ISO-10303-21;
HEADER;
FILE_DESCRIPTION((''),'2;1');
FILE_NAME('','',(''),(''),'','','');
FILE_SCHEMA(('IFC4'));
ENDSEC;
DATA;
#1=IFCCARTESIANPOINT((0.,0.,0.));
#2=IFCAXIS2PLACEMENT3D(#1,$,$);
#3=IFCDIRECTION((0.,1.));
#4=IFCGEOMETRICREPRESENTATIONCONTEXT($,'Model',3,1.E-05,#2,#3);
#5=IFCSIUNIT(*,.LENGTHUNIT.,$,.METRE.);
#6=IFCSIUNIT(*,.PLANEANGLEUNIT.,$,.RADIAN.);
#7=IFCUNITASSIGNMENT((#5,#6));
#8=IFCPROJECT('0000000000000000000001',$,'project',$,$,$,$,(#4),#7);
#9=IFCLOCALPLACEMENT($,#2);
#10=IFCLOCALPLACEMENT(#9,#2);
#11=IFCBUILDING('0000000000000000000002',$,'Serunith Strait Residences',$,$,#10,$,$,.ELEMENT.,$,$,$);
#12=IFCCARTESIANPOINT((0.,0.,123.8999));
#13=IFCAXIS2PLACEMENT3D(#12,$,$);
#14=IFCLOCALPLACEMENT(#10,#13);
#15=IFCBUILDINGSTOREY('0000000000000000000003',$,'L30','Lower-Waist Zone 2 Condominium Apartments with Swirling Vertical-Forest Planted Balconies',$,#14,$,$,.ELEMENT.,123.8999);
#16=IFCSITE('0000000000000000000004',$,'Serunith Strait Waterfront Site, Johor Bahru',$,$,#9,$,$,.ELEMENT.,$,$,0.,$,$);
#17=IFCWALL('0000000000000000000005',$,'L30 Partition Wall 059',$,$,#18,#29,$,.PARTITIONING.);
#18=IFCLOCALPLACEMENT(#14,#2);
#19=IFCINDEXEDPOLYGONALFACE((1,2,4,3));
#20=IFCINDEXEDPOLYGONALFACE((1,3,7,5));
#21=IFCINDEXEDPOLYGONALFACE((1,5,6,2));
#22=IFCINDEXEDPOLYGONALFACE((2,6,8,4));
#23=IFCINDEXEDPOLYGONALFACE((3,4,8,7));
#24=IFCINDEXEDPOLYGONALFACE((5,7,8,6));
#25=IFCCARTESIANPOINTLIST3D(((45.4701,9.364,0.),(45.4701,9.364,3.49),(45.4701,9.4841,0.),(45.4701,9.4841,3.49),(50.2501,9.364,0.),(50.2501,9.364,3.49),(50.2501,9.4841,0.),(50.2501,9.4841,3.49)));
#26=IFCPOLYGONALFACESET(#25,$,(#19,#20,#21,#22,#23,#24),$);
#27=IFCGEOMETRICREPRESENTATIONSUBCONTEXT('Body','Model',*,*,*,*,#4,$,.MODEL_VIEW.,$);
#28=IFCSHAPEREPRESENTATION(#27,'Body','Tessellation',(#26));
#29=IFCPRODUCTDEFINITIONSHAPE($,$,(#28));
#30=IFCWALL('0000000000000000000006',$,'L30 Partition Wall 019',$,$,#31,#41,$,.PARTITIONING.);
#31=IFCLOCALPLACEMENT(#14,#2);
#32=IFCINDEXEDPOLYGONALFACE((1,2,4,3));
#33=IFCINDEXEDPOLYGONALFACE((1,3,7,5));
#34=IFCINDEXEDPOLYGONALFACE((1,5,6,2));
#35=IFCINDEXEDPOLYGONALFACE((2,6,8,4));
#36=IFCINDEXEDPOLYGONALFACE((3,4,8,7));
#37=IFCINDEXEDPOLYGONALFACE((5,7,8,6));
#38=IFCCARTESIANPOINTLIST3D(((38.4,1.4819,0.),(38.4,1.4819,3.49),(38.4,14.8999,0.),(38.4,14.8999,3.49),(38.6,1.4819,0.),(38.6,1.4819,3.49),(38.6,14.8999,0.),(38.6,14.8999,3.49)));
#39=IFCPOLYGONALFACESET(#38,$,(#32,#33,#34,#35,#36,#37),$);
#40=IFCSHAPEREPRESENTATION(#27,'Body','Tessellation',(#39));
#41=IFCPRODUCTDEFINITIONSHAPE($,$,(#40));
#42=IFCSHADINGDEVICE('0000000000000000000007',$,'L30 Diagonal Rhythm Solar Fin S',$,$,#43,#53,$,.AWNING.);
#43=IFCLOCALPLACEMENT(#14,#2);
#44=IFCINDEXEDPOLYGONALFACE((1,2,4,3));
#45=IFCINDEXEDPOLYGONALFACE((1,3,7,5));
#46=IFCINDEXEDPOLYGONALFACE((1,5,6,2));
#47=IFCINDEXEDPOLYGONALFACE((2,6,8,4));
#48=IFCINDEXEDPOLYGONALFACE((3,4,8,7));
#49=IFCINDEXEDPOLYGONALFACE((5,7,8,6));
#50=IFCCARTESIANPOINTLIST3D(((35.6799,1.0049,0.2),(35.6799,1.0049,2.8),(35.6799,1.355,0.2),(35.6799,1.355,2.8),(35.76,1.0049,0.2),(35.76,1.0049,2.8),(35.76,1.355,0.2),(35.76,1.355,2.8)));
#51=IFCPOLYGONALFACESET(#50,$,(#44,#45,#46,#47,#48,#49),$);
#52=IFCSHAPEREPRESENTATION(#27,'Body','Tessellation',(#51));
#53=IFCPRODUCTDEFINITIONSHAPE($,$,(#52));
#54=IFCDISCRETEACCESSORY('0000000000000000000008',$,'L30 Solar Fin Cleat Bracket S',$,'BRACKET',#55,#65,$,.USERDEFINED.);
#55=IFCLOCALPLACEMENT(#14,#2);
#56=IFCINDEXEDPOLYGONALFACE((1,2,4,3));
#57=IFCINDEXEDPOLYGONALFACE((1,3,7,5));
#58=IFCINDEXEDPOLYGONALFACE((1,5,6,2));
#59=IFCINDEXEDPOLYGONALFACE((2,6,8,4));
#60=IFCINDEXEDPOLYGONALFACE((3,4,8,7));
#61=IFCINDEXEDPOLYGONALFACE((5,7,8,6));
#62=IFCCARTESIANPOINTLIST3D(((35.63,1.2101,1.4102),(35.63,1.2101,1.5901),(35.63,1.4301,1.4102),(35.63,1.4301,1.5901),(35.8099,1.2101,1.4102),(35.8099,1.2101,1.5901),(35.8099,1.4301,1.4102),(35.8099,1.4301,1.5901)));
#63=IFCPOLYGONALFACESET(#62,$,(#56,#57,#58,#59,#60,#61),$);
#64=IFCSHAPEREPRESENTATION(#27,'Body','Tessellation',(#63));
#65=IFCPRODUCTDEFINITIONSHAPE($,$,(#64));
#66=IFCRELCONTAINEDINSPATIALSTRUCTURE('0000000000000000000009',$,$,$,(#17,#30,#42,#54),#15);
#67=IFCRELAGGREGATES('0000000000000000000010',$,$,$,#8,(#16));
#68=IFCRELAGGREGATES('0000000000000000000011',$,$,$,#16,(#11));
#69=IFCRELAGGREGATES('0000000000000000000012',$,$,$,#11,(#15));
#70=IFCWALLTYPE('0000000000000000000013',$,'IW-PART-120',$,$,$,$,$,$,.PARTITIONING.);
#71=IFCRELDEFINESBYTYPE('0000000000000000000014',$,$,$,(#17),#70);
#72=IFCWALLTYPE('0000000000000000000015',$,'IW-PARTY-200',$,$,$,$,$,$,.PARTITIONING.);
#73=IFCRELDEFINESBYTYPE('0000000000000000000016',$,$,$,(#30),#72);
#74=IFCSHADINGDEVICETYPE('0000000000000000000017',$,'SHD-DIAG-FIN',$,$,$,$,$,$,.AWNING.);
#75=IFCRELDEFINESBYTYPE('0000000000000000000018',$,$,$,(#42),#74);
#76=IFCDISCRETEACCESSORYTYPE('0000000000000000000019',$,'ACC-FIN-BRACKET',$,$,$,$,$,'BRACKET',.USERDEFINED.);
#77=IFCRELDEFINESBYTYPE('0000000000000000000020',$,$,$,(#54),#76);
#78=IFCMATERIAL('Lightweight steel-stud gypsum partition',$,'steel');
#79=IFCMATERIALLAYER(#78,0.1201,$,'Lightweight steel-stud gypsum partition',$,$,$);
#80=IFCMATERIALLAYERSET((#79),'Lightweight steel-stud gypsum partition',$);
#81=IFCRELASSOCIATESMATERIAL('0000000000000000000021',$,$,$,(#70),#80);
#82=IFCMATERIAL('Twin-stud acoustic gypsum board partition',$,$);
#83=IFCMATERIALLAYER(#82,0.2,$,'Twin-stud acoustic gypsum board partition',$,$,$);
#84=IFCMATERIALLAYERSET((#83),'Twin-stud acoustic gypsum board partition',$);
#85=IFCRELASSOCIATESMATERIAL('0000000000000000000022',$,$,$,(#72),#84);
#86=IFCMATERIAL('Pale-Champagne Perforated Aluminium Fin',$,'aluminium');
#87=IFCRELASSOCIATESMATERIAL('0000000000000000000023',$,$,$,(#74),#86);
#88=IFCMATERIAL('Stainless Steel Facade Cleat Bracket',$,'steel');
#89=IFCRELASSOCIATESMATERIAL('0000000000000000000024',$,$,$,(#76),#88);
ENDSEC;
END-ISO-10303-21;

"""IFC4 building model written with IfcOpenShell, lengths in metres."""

from ifc_helpers import new_model, si_unit, direction, frame, frame_2d, origin, origin_2d, place, context, subcontext, project, spatial, rectangle, extrude, source, transform, mapped, material, layer, layer_set, type_object, element, save


model = new_model("IFC4")

# Units and contexts
model_context = context("Model", 3, precision=1e-05, world=origin(), true_north=direction((0.0, 1.0)))
body_context = subcontext(model_context, "Body", "Model", "MODEL_VIEW")
ifc_project = project(units=[si_unit("LENGTHUNIT", "METRE"), si_unit("PLANEANGLEUNIT", "RADIAN")], contexts=[model_context])

# Site, building, storey
site_placement = place(None, origin())
site = spatial("IfcSite", under=ifc_project, at=site_placement, Name="Serunith Strait Waterfront Site, Johor Bahru", CompositionType="ELEMENT", RefElevation=0.0)
building_placement = place(site_placement, origin())
building = spatial("IfcBuilding", under=site, at=building_placement, Name="Serunith Strait Residences", CompositionType="ELEMENT")
storey_placement = place(building_placement, frame((0.0, 0.0, 123.8999)))
storey = spatial("IfcBuildingStorey", under=building, at=storey_placement, Name="L30", Description="Lower-Waist Zone 2 Condominium Apartments with Swirling Vertical-Forest Planted Balconies", CompositionType="ELEMENT", Elevation=123.8999)

# Shared definitions
ifc_material_1 = material(Name="Lightweight steel-stud gypsum partition", Category="steel")
ifc_layer_1 = layer(ifc_material_1, 0.1201, Name="Lightweight steel-stud gypsum partition")
ifc_layer_set_1 = layer_set([ifc_layer_1], Name="Lightweight steel-stud gypsum partition")
wall_type_1 = type_object("IfcWallType", Name="IW-PART-120", PredefinedType="PARTITIONING", material=ifc_layer_set_1)

# Walls
wall_1_placement = place(storey_placement, frame((45.47, 9.4241, 0.0), z_axis=(0.0, 0.0, 1.0), x_axis=(1.0, 0.0, 0.0)))
element("IfcWall", 1, at=wall_1_placement, inside=storey, type_object=wall_type_1, Name="L30 Partition Wall 059", PredefinedType="PARTITIONING", context=body_context, shape_type="SweptSolid", body=[
    extrude(rectangle(XDim=4.78, YDim=0.1201, at=frame_2d((2.3901, 0.0))), origin(), (0.0, 0.0, 1.0), 3.49),
])
ifc_material_2 = material(Name="Twin-stud acoustic gypsum board partition")
ifc_layer_2 = layer(ifc_material_2, 0.2, Name="Twin-stud acoustic gypsum board partition")
ifc_layer_set_2 = layer_set([ifc_layer_2], Name="Twin-stud acoustic gypsum board partition")
wall_type_2 = type_object("IfcWallType", Name="IW-PARTY-200", PredefinedType="PARTITIONING", material=ifc_layer_set_2)
wall_2_placement = place(storey_placement, frame((38.5, 1.4819, 0.0), z_axis=(0.0, 0.0, 1.0), x_axis=(0.0, 1.0, 0.0)))
element("IfcWall", 2, at=wall_2_placement, inside=storey, type_object=wall_type_2, Name="L30 Partition Wall 019", PredefinedType="PARTITIONING", context=body_context, shape_type="SweptSolid", body=[
    extrude(rectangle(XDim=13.418, YDim=0.2, at=frame_2d((6.709, 0.0))), origin(), (0.0, 0.0, 1.0), 3.49),
])

# Shading device
ifc_material_3 = material(Name="Pale-Champagne Perforated Aluminium Fin", Category="aluminium")
shading_device_type = type_object("IfcShadingDeviceType", Name="SHD-DIAG-FIN", PredefinedType="AWNING", material=ifc_material_3)
shared_shape_1 = source(origin(), body_context, "Body", "SweptSolid", [
    extrude(rectangle(XDim=0.0801, YDim=0.3501, at=origin_2d()), origin(), (0.0, 0.0, 1.0), 2.6001),
])
shading_device_placement = place(storey_placement, frame((35.72, 1.1799, 0.2), z_axis=(0.0, 0.0, 1.0), x_axis=(1.0, 0.0, 0.0)))
element("IfcShadingDevice", 3, at=shading_device_placement, inside=storey, type_object=shading_device_type, Name="L30 Diagonal Rhythm Solar Fin S", PredefinedType="AWNING", context=body_context, shape_type="MappedRepresentation", body=[
    mapped(shared_shape_1, transform((0.0, 0.0, 0.0), scale=1.0)),
])

# Discrete accessory
ifc_material_4 = material(Name="Stainless Steel Facade Cleat Bracket", Category="steel")
discrete_accessory_type = type_object("IfcDiscreteAccessoryType", Name="ACC-FIN-BRACKET", ElementType="BRACKET", PredefinedType="USERDEFINED", material=ifc_material_4)
shared_shape_2 = source(origin(), body_context, "Body", "SweptSolid", [
    extrude(rectangle(XDim=0.1799, YDim=0.22, at=origin_2d()), origin(), (0.0, 0.0, 1.0), 0.1799),
])
discrete_accessory_placement = place(storey_placement, frame((35.72, 1.3201, 1.4102), z_axis=(0.0, 0.0, 1.0), x_axis=(1.0, 0.0, 0.0)))
element("IfcDiscreteAccessory", 4, at=discrete_accessory_placement, inside=storey, type_object=discrete_accessory_type, Name="L30 Solar Fin Cleat Bracket S", ObjectType="BRACKET", PredefinedType="USERDEFINED", context=body_context, shape_type="MappedRepresentation", body=[
    mapped(shared_shape_2, transform((0.0, 0.0, 0.0), scale=1.0)),
])

save(model, "model.ifc")
